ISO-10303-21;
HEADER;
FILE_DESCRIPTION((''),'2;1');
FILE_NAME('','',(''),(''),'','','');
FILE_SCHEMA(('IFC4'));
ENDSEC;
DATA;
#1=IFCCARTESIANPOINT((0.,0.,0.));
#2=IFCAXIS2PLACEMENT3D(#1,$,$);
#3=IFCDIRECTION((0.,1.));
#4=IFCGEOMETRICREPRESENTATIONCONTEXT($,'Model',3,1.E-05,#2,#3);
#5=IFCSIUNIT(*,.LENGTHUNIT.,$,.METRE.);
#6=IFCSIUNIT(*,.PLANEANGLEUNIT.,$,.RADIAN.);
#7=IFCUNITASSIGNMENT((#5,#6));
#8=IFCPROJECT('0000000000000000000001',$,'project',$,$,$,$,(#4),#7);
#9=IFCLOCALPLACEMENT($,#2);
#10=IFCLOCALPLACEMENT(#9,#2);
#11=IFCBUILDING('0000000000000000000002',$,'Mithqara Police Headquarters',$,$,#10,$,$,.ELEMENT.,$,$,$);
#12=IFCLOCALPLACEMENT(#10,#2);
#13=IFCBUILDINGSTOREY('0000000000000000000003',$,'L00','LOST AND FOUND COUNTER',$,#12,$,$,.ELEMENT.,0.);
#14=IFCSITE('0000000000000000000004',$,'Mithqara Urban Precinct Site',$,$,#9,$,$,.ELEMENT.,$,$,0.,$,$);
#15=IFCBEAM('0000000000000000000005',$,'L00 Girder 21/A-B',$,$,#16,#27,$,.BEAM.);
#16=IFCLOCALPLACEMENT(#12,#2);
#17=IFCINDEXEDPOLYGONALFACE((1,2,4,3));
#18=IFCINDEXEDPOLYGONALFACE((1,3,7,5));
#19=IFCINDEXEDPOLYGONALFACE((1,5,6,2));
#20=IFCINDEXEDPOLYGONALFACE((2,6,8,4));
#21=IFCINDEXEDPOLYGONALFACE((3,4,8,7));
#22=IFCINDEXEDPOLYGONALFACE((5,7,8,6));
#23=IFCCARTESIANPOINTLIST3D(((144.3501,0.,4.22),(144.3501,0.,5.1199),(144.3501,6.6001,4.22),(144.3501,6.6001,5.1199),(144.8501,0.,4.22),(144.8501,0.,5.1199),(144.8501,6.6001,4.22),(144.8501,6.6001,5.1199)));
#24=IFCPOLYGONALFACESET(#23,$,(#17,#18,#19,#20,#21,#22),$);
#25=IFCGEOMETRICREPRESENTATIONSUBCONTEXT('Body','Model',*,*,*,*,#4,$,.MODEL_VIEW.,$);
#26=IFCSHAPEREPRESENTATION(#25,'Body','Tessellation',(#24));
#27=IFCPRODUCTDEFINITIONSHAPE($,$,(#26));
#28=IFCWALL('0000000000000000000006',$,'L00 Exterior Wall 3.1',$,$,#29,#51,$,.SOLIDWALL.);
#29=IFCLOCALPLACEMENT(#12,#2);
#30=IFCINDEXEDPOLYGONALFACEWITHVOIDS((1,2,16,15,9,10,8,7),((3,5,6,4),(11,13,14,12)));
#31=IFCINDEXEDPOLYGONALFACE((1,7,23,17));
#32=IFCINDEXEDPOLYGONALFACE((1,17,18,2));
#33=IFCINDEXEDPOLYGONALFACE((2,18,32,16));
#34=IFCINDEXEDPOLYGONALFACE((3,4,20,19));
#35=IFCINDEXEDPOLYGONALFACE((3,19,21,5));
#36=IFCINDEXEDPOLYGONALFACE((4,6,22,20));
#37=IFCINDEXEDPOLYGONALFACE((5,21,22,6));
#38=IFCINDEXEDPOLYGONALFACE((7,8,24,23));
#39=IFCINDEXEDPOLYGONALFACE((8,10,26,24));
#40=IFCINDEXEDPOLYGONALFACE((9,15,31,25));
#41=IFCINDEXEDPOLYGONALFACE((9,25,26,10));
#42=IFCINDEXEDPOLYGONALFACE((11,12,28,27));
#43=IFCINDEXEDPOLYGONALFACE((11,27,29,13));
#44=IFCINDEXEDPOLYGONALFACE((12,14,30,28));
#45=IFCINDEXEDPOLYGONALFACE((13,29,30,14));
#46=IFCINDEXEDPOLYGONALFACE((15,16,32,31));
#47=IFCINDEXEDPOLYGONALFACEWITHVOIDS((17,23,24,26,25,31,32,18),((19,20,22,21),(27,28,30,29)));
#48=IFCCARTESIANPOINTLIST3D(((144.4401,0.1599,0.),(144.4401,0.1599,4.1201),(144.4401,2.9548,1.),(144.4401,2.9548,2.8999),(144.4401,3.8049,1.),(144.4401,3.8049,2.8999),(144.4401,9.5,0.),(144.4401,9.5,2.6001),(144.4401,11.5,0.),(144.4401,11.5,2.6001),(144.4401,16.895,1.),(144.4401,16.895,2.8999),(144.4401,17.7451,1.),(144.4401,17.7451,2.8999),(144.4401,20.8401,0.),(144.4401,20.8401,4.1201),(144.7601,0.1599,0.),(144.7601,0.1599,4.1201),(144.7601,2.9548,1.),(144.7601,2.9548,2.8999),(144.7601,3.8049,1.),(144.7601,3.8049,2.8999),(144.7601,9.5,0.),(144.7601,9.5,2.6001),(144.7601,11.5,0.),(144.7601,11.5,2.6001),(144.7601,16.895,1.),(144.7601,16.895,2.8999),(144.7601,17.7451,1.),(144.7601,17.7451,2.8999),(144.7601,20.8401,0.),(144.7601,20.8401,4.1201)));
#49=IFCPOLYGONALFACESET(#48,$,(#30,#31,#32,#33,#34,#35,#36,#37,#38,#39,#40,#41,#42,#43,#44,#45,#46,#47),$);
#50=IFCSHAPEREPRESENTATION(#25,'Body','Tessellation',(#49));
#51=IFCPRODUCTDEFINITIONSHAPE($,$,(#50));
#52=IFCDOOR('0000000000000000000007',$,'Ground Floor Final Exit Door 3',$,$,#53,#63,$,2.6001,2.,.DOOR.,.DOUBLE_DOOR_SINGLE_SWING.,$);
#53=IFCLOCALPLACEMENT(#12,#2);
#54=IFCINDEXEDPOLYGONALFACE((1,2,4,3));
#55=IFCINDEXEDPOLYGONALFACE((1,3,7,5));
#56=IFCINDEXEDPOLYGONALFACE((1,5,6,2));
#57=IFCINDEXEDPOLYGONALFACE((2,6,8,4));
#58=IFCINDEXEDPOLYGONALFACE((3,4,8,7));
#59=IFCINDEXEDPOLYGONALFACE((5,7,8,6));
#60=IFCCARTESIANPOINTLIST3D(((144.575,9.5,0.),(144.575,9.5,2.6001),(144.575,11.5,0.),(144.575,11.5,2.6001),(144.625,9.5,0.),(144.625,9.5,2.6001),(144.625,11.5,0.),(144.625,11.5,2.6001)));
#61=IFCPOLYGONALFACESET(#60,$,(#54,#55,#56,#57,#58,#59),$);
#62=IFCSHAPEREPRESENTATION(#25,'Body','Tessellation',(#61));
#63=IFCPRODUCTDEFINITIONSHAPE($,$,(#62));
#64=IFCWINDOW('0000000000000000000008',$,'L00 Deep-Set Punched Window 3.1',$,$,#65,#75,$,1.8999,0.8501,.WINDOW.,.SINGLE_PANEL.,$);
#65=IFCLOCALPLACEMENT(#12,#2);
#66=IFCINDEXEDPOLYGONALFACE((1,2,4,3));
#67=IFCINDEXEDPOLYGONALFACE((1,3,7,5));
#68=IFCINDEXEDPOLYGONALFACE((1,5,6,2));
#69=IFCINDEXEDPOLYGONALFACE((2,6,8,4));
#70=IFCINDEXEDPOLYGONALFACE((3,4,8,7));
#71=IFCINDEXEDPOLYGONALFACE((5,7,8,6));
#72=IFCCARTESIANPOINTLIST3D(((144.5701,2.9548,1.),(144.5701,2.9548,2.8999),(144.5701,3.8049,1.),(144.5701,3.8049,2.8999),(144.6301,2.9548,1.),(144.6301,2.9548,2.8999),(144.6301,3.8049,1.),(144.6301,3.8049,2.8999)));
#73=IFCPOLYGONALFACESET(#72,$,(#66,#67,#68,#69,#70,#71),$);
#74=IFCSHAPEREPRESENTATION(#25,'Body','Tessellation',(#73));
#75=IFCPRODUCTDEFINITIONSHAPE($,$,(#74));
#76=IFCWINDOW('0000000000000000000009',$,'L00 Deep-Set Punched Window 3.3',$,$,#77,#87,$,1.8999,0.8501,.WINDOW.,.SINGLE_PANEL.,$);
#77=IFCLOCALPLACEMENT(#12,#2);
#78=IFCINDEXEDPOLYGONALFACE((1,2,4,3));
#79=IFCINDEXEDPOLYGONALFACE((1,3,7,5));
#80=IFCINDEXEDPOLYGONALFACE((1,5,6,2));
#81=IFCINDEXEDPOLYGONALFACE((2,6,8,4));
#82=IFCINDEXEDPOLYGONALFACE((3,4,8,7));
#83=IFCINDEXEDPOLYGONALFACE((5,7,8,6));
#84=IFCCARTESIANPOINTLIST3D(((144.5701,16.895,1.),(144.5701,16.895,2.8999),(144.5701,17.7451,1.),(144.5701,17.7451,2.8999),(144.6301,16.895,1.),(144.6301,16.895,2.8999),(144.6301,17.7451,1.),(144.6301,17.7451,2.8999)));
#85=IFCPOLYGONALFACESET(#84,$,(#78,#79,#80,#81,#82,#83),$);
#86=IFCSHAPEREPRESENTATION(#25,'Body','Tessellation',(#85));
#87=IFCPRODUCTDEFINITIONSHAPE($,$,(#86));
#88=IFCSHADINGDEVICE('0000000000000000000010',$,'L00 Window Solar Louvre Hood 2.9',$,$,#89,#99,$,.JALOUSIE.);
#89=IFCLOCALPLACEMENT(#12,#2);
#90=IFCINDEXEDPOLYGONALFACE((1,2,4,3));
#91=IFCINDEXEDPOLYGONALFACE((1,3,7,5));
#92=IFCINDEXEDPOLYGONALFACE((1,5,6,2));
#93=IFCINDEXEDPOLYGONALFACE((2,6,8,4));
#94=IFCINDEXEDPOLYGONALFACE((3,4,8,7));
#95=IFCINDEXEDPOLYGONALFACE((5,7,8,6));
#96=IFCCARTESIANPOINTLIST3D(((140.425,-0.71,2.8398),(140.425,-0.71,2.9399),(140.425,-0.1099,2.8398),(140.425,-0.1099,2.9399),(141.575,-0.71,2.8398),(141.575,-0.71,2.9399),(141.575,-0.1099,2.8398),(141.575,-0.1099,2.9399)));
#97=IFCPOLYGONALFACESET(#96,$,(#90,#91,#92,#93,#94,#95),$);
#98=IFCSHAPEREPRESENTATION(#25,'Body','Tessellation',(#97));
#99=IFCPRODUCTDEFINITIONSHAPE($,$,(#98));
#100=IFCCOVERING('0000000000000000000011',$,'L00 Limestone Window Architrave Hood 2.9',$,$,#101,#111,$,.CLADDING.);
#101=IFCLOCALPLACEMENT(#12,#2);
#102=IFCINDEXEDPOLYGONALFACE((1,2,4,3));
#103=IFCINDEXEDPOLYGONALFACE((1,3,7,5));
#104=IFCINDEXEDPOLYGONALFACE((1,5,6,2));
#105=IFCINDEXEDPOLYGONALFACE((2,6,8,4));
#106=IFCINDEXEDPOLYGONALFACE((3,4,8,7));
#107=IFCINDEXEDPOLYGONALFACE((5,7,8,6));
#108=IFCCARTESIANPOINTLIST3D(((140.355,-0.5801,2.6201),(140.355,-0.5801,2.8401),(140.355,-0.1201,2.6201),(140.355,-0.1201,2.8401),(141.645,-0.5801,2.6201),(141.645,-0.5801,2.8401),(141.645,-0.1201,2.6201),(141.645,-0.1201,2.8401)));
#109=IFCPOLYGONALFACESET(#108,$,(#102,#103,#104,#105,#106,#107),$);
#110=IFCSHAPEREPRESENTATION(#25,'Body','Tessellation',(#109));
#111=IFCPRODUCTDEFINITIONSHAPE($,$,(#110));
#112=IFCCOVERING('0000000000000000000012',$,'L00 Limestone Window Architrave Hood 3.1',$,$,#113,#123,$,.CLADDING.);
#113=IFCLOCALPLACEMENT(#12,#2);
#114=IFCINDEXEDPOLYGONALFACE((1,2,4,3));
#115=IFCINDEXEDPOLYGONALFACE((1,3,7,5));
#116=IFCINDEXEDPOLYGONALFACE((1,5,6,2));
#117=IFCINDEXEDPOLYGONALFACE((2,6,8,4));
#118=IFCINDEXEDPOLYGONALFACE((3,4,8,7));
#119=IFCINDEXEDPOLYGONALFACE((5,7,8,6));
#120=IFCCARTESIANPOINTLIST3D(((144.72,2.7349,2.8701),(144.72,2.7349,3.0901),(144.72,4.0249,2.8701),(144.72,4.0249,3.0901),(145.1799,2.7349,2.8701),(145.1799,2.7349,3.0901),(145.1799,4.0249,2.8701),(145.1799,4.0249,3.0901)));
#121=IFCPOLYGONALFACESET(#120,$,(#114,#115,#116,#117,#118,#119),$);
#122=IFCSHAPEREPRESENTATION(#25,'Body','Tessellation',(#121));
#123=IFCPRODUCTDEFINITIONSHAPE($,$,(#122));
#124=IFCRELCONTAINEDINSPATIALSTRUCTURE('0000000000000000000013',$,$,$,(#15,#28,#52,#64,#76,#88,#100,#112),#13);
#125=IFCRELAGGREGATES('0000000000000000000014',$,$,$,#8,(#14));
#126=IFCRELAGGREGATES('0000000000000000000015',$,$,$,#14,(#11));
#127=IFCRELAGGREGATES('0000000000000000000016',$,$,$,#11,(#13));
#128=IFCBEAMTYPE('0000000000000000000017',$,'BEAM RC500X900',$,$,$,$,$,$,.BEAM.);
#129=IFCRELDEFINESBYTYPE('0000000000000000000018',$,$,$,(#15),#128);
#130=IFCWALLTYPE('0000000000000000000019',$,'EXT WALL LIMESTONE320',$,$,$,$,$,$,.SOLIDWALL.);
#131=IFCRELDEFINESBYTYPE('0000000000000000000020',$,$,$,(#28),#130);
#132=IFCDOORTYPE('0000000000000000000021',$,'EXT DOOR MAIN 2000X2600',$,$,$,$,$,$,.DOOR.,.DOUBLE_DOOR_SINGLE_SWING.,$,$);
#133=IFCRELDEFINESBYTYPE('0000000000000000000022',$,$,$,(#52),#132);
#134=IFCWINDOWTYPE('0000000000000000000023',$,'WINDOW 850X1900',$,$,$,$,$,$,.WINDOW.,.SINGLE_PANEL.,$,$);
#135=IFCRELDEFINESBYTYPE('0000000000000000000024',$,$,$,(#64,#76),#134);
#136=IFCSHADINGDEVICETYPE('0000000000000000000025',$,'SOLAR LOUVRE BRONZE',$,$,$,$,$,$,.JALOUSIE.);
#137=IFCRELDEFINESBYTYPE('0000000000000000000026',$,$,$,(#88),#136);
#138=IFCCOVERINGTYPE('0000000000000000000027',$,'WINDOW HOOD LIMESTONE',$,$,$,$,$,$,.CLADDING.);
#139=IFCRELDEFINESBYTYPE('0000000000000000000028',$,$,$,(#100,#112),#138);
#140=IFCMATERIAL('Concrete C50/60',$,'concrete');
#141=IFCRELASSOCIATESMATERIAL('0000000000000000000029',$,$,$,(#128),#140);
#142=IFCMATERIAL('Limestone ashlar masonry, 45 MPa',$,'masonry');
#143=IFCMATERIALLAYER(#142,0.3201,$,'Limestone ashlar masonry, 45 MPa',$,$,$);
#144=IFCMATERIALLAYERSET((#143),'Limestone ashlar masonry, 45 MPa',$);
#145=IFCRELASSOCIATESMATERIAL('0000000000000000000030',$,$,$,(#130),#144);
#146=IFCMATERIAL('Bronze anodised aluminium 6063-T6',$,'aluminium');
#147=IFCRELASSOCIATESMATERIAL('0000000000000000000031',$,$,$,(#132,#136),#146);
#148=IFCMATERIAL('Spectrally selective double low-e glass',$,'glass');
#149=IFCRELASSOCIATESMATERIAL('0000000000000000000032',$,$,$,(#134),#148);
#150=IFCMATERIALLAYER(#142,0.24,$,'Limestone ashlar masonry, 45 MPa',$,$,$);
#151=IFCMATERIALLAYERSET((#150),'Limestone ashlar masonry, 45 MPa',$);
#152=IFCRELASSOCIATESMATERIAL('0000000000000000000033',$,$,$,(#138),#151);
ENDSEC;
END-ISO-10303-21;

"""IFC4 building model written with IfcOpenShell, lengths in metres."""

from ifc_helpers import new_model, si_unit, direction, frame, frame_2d, origin, origin_2d, place, context, subcontext, project, spatial, rectangle, extrude, material, layer, layer_set, material_profile, profile_set, type_object, element, fill, save


model = new_model("IFC4")

# Units and contexts
model_context = context("Model", 3, precision=1e-05, world=origin(), true_north=direction((0.0, 1.0)))
body_context = subcontext(model_context, "Body", "Model", "MODEL_VIEW")
ifc_project = project(units=[si_unit("LENGTHUNIT", "METRE"), si_unit("PLANEANGLEUNIT", "RADIAN")], contexts=[model_context])

# Site, building, storey
site_placement = place(None, origin())
site = spatial("IfcSite", under=ifc_project, at=site_placement, Name="Mithqara Urban Precinct Site", CompositionType="ELEMENT", RefElevation=0.0)
building_placement = place(site_placement, origin())
building = spatial("IfcBuilding", under=site, at=building_placement, Name="Mithqara Police Headquarters", CompositionType="ELEMENT")
storey_placement = place(building_placement, origin())
storey = spatial("IfcBuildingStorey", under=building, at=storey_placement, Name="L00", Description="LOST AND FOUND COUNTER", CompositionType="ELEMENT", Elevation=0.0)

# Shared definitions
ifc_material_1 = material(Name="Concrete C50/60", Category="concrete")

# Beam
ifc_material_profile_1 = material_profile(ifc_material_1, rectangle(XDim=0.5, YDim=0.8999, at=origin_2d()), Name="RC 500x900")
ifc_profile_set_1 = profile_set([ifc_material_profile_1], Name="Concrete C50/60")
beam_type = type_object("IfcBeamType", Name="BEAM RC500X900", PredefinedType="BEAM", material=ifc_profile_set_1)
beam_placement = place(storey_placement, frame((144.6001, 0.0, 4.6699), z_axis=(0.0, 1.0, 0.0), x_axis=(-1.0, 0.0, 0.0)))
element("IfcBeam", 1, at=beam_placement, inside=storey, type_object=beam_type, Name="L00 Girder 21/A-B", PredefinedType="BEAM", context=body_context, shape_type="SweptSolid", body=[
    extrude(rectangle(XDim=0.5, YDim=0.8999, at=origin_2d()), origin(), (0.0, 0.0, 1.0), 6.6001),
])

# Wall, openings, door, windows
ifc_material_2 = material(Name="Limestone ashlar masonry, 45 MPa", Category="masonry")
ifc_layer_1 = layer(ifc_material_2, 0.3201, Name="Limestone ashlar masonry, 45 MPa")
ifc_layer_set_1 = layer_set([ifc_layer_1], Name="Limestone ashlar masonry, 45 MPa")
wall_type = type_object("IfcWallType", Name="EXT WALL LIMESTONE320", PredefinedType="SOLIDWALL", material=ifc_layer_set_1)
wall_placement = place(storey_placement, frame((144.6001, 0.1599, 0.0), z_axis=(0.0, 0.0, 1.0), x_axis=(0.0, 1.0, 0.0)))
wall = element("IfcWall", 2, at=wall_placement, inside=storey, type_object=wall_type, Name="L00 Exterior Wall 3.1", PredefinedType="SOLIDWALL", context=body_context, shape_type="SweptSolid", body=[
    extrude(rectangle(XDim=20.6802, YDim=0.3201, at=frame_2d((10.3401, 0.0))), origin(), (0.0, 0.0, 1.0), 4.1201),
])
opening_1_placement = place(wall_placement, frame((9.3401, 0.0, 0.0)))
opening_1 = element("IfcOpeningElement", 3, at=opening_1_placement, cuts=wall, PredefinedType="OPENING", context=body_context, shape_type="SweptSolid", body=[
    extrude(rectangle(XDim=2.0, YDim=2.6001, at=frame_2d((1.0, 1.3))), frame((0.0, 0.1699, 0.0), z_axis=(0.0, -1.0, 0.0), x_axis=(1.0, 0.0, 0.0)), (0.0, 0.0, 1.0), 0.3401),
])
opening_2_placement = place(wall_placement, frame((2.7949, 0.0, 1.0)))
opening_2 = element("IfcOpeningElement", 4, at=opening_2_placement, cuts=wall, PredefinedType="OPENING", context=body_context, shape_type="SweptSolid", body=[
    extrude(rectangle(XDim=0.8501, YDim=1.8999, at=frame_2d((0.425, 0.95))), frame((0.0, 0.1699, 0.0), z_axis=(0.0, -1.0, 0.0), x_axis=(1.0, 0.0, 0.0)), (0.0, 0.0, 1.0), 0.3401),
])
opening_3_placement = place(wall_placement, frame((16.7351, 0.0, 1.0)))
opening_3 = element("IfcOpeningElement", 5, at=opening_3_placement, cuts=wall, PredefinedType="OPENING", context=body_context, shape_type="SweptSolid", body=[
    extrude(rectangle(XDim=0.8501, YDim=1.8999, at=frame_2d((0.425, 0.95))), frame((0.0, 0.1699, 0.0), z_axis=(0.0, -1.0, 0.0), x_axis=(1.0, 0.0, 0.0)), (0.0, 0.0, 1.0), 0.3401),
])
ifc_material_3 = material(Name="Bronze anodised aluminium 6063-T6", Category="aluminium")
door_type = type_object("IfcDoorType", Name="EXT DOOR MAIN 2000X2600", OperationType="DOUBLE_DOOR_SINGLE_SWING", PredefinedType="DOOR", material=ifc_material_3)
door_placement = place(opening_1_placement, frame((2.0, 0.0, 0.0), z_axis=(0.0, 0.0, 1.0), x_axis=(-1.0, 0.0, 0.0)))
door = element("IfcDoor", 6, at=door_placement, inside=storey, type_object=door_type, Name="Ground Floor Final Exit Door 3", OperationType="DOUBLE_DOOR_SINGLE_SWING", OverallHeight=2.6001, OverallWidth=2.0, PredefinedType="DOOR", context=body_context, shape_type="SweptSolid", body=[
    extrude(rectangle(XDim=2.0, YDim=2.6001, at=frame_2d((1.0, 1.3))), frame((0.0, 0.0249, 0.0), z_axis=(0.0, -1.0, 0.0), x_axis=(1.0, 0.0, 0.0)), (0.0, 0.0, 1.0), 0.05),
])
fill(opening_1, door)
ifc_material_4 = material(Name="Spectrally selective double low-e glass", Category="glass")
window_type = type_object("IfcWindowType", Name="WINDOW 850X1900", PartitioningType="SINGLE_PANEL", PredefinedType="WINDOW", material=ifc_material_4)
window_1_placement = place(opening_2_placement, origin())
window_1 = element("IfcWindow", 7, at=window_1_placement, inside=storey, type_object=window_type, Name="L00 Deep-Set Punched Window 3.1", OverallHeight=1.8999, OverallWidth=0.8501, PartitioningType="SINGLE_PANEL", PredefinedType="WINDOW", context=body_context, shape_type="SweptSolid", body=[
    extrude(rectangle(XDim=0.8501, YDim=1.8999, at=frame_2d((0.425, 0.95))), frame((0.0, 0.03, 0.0), z_axis=(0.0, -1.0, 0.0), x_axis=(1.0, 0.0, 0.0)), (0.0, 0.0, 1.0), 0.0601),
])
fill(opening_2, window_1)
window_2_placement = place(opening_3_placement, origin())
window_2 = element("IfcWindow", 8, at=window_2_placement, inside=storey, type_object=window_type, Name="L00 Deep-Set Punched Window 3.3", OverallHeight=1.8999, OverallWidth=0.8501, PartitioningType="SINGLE_PANEL", PredefinedType="WINDOW", context=body_context, shape_type="SweptSolid", body=[
    extrude(rectangle(XDim=0.8501, YDim=1.8999, at=frame_2d((0.425, 0.95))), frame((0.0, 0.03, 0.0), z_axis=(0.0, -1.0, 0.0), x_axis=(1.0, 0.0, 0.0)), (0.0, 0.0, 1.0), 0.0601),
])
fill(opening_3, window_2)

# Shading device
shading_device_type = type_object("IfcShadingDeviceType", Name="SOLAR LOUVRE BRONZE", PredefinedType="JALOUSIE", material=ifc_material_3)
shading_device_placement = place(storey_placement, frame((141.0, -0.4099, 2.8398), z_axis=(0.0, 0.0, 1.0), x_axis=(1.0, 0.0, 0.0)))
element("IfcShadingDevice", 9, at=shading_device_placement, inside=storey, type_object=shading_device_type, Name="L00 Window Solar Louvre Hood 2.9", PredefinedType="JALOUSIE", context=body_context, shape_type="SweptSolid", body=[
    extrude(rectangle(XDim=1.1499, YDim=0.6001, at=origin_2d()), origin(), (0.0, 0.0, 1.0), 0.1001),
])

# Coverings
ifc_layer_2 = layer(ifc_material_2, 0.24, Name="Limestone ashlar masonry, 45 MPa")
ifc_layer_set_2 = layer_set([ifc_layer_2], Name="Limestone ashlar masonry, 45 MPa")
covering_type = type_object("IfcCoveringType", Name="WINDOW HOOD LIMESTONE", PredefinedType="CLADDING", material=ifc_layer_set_2)
for number, where, z_axis, x_axis, name in (
    (10, (141.0, -0.3501, 2.6201), (0.0, 0.0, 1.0), (1.0, 0.0, 0.0), "L00 Limestone Window Architrave Hood 2.9"),
    (11, (144.95, 3.3799, 2.8701), (0.0, 0.0, 1.0), (0.0, 1.0, 0.0), "L00 Limestone Window Architrave Hood 3.1"),
):
    element("IfcCovering", number, at=place(storey_placement, frame(where, z_axis=z_axis, x_axis=x_axis)), inside=storey, type_object=covering_type, Name=name, PredefinedType="CLADDING", context=body_context, shape_type="SweptSolid", body=[
        extrude(rectangle(XDim=1.29, YDim=0.46, at=origin_2d()), origin(), (0.0, 0.0, 1.0), 0.22),
    ])

save(model, "model.ifc")
